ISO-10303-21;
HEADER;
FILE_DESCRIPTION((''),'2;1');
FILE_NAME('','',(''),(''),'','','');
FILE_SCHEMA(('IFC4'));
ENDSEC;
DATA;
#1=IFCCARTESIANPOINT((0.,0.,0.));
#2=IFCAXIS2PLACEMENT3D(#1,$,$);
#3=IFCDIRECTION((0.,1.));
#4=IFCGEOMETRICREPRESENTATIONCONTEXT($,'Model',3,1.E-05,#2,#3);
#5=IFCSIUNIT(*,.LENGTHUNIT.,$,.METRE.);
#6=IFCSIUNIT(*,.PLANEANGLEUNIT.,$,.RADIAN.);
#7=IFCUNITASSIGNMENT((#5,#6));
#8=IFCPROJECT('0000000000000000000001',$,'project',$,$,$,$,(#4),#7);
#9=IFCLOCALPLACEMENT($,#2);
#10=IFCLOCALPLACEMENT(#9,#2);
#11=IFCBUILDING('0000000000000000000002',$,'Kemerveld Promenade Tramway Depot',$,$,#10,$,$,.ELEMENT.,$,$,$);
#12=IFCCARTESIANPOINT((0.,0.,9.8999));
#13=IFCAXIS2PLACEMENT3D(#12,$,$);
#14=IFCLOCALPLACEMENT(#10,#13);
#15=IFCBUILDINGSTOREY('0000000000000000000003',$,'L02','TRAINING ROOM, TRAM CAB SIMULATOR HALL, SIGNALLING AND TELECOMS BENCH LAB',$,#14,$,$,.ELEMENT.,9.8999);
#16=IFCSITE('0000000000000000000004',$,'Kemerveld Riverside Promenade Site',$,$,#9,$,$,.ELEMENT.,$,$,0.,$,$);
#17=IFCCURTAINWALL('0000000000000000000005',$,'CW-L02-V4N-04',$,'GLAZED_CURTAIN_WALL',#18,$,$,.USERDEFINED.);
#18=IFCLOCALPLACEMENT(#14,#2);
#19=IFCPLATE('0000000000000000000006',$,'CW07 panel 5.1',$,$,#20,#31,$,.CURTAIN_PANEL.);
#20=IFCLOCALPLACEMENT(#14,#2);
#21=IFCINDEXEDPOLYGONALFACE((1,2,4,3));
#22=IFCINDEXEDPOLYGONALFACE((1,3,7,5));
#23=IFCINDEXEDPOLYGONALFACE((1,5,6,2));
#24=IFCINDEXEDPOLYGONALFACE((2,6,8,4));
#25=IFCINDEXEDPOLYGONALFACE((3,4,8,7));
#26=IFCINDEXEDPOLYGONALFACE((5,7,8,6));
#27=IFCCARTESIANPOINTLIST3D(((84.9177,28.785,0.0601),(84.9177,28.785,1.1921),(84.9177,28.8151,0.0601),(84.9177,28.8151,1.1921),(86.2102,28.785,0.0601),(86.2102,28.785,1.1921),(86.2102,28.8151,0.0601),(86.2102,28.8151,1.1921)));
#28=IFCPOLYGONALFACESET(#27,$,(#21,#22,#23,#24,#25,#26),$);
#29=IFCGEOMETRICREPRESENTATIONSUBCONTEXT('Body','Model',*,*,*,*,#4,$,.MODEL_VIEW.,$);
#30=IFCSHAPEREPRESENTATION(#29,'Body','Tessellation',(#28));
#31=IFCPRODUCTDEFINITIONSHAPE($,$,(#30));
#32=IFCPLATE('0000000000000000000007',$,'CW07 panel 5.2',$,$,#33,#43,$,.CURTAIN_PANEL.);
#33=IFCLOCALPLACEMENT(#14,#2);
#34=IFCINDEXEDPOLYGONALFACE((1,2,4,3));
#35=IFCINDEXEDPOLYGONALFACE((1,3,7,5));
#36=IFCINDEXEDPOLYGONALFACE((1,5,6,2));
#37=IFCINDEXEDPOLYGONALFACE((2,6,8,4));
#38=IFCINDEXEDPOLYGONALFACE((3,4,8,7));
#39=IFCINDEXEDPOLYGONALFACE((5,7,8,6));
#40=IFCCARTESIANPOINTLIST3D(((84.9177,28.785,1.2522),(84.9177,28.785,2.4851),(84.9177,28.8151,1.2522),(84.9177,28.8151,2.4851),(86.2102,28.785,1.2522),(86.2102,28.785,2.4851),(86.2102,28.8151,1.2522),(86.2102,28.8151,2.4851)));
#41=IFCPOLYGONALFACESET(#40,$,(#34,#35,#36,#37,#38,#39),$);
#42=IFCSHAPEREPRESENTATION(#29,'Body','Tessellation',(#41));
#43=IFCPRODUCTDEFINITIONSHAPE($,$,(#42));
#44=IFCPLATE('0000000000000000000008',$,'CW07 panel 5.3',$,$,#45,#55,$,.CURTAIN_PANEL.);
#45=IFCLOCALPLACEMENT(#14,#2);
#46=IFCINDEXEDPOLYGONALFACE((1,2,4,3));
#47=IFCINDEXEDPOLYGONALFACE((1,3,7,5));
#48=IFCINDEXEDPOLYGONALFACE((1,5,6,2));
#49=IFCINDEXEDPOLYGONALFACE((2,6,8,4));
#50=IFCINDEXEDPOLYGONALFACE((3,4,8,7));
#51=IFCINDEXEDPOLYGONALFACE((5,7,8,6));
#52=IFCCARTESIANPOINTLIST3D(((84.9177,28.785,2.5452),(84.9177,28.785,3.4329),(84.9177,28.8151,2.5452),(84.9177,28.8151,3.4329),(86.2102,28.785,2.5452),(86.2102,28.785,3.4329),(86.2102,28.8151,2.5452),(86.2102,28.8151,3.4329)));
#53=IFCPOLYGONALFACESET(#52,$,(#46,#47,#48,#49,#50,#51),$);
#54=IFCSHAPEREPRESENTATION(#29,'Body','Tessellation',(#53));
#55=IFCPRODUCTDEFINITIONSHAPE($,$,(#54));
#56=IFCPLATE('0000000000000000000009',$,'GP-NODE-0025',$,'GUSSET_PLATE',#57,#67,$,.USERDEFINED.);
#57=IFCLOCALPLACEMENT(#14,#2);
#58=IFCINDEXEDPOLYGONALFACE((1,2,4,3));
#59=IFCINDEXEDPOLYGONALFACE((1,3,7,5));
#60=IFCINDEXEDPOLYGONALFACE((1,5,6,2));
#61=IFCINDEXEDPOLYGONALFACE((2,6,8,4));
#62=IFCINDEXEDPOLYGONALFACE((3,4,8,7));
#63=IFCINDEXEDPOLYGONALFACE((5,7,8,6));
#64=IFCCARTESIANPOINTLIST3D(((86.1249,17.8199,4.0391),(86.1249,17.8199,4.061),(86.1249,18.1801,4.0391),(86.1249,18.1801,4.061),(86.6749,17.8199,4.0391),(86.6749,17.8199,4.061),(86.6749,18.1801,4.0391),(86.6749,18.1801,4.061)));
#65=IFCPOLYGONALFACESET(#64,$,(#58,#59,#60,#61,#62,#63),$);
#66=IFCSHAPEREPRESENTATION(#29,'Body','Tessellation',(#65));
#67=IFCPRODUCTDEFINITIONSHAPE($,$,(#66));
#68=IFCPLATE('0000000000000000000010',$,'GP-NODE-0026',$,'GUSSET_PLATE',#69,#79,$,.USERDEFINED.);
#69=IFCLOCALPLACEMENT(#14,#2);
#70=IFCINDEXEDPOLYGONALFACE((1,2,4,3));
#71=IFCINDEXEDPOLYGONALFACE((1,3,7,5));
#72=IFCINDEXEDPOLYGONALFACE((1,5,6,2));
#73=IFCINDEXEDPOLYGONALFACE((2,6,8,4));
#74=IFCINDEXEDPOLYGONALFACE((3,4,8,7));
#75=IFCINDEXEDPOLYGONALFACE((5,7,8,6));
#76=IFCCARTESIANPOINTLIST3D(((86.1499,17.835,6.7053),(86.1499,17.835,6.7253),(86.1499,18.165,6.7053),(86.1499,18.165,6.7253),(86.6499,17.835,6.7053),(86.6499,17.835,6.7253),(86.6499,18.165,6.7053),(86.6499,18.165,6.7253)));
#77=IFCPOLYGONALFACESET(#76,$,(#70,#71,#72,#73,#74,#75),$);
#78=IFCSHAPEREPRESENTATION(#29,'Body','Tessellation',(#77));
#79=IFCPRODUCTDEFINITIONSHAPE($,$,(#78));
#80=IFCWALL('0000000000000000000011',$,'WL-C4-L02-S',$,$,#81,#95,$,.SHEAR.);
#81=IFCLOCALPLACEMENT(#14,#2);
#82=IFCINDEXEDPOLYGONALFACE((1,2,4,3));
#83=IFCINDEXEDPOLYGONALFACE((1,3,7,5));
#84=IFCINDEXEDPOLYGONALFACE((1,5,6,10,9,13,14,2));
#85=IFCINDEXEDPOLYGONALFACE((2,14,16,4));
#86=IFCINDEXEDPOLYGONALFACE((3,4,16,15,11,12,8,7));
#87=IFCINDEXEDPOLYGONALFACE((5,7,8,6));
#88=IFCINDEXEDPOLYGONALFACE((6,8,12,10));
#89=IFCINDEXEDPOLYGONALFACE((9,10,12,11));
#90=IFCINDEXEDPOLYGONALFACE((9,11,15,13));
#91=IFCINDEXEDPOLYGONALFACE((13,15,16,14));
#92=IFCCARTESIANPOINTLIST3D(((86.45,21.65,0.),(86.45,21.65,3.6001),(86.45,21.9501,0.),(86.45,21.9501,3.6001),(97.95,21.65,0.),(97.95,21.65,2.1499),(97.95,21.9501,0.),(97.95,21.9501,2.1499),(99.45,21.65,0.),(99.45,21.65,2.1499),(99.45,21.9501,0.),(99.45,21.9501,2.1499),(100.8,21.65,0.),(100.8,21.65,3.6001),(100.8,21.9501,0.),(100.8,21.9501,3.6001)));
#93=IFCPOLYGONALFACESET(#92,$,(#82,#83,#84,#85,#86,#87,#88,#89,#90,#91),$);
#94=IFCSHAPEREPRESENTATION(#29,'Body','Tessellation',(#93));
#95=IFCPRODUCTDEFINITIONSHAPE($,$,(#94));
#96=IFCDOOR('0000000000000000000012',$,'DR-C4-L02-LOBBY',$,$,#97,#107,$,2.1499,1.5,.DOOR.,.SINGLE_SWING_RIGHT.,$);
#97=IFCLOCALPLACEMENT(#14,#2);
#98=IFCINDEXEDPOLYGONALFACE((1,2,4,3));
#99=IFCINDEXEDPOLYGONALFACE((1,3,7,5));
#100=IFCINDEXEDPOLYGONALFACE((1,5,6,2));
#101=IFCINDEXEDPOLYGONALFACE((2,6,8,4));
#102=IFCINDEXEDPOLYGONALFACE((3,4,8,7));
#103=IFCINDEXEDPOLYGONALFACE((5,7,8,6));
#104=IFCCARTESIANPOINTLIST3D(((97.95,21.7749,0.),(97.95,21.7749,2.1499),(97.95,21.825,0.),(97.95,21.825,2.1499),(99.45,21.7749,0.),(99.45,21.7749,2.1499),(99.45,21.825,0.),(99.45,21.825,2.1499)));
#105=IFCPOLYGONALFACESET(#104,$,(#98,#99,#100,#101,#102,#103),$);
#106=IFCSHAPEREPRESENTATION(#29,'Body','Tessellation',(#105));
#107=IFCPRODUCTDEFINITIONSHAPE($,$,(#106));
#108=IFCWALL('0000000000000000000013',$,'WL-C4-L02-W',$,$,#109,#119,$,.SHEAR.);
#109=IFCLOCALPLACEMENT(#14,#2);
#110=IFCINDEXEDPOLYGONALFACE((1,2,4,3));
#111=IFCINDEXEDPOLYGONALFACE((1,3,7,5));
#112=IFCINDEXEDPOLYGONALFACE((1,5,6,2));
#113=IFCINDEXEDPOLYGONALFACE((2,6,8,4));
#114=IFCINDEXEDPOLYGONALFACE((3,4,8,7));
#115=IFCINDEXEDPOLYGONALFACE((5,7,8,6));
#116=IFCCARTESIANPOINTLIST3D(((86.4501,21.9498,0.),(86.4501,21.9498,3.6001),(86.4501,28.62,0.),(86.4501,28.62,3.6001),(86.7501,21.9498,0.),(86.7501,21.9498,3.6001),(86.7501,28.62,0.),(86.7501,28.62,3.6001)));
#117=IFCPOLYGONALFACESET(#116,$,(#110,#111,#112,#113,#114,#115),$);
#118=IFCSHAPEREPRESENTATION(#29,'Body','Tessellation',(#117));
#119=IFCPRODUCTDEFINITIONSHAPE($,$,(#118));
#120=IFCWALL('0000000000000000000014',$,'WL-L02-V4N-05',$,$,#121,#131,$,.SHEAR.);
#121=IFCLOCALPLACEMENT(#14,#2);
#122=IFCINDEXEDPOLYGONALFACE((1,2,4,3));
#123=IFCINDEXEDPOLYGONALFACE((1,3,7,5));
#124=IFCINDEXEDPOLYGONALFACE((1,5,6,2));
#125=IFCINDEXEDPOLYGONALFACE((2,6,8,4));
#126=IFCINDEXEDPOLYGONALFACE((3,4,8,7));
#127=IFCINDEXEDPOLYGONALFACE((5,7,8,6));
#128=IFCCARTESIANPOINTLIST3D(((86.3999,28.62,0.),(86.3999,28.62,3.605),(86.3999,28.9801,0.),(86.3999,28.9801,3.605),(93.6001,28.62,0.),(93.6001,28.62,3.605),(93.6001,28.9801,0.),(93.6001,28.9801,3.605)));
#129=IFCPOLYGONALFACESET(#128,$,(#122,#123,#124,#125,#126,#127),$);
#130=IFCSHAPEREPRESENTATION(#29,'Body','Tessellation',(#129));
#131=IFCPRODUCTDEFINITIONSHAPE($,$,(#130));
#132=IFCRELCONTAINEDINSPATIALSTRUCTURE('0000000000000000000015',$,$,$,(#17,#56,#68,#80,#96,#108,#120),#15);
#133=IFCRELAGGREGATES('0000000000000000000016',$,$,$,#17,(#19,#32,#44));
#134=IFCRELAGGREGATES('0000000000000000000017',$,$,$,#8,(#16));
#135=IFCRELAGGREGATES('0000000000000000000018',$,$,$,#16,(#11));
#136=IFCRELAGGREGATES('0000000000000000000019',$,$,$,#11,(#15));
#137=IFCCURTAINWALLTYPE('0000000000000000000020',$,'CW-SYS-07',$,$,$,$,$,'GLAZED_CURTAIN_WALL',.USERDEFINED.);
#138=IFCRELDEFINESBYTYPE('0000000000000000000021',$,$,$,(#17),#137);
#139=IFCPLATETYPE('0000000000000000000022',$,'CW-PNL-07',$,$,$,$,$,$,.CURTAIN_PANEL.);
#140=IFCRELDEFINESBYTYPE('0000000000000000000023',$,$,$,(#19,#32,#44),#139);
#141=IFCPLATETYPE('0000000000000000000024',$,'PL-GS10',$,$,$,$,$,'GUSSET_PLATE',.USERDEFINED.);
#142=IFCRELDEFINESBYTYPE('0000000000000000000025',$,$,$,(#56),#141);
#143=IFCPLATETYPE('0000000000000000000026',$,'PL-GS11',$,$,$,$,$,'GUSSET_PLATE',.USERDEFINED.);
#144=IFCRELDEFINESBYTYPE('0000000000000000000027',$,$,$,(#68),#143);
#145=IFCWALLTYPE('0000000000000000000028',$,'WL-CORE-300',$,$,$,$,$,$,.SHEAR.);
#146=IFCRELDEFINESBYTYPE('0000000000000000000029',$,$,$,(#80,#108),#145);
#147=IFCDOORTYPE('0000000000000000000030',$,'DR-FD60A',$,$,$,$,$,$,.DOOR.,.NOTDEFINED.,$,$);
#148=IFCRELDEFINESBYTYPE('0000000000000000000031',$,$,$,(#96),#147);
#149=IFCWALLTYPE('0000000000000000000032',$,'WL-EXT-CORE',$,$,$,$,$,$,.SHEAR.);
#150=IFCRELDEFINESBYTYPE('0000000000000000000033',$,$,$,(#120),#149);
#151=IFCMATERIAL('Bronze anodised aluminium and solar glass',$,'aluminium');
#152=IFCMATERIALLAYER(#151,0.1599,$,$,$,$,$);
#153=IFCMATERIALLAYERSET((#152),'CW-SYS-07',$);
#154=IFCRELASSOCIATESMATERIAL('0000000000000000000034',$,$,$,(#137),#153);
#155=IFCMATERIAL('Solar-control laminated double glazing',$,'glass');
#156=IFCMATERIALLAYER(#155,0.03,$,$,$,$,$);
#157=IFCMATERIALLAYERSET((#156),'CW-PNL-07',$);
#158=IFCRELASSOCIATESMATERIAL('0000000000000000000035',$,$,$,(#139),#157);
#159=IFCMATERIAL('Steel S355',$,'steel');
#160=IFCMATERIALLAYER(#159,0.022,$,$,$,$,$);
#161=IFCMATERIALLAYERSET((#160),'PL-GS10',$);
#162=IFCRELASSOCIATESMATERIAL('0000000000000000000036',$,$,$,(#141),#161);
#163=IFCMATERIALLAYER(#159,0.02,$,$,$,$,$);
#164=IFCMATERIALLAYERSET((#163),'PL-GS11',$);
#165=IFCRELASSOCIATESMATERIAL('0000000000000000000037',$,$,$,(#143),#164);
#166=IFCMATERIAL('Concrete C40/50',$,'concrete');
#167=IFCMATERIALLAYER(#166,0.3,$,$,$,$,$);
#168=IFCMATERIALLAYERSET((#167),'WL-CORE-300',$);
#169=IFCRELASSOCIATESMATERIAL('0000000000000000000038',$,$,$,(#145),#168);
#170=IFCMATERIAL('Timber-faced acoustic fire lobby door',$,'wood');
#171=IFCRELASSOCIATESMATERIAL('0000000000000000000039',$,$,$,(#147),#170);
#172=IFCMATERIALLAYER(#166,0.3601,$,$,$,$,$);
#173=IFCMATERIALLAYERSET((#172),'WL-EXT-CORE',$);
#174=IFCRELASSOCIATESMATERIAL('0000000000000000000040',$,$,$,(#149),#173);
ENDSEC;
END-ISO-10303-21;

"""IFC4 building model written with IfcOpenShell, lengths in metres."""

from ifc_helpers import new_model, si_unit, direction, frame, frame_2d, origin, origin_2d, place, context, subcontext, project, spatial, rectangle, extrude, material, layer, layer_set, type_object, element, fill, aggregate, save


model = new_model("IFC4")

# Units and contexts
model_context = context("Model", 3, precision=1e-05, world=origin(), true_north=direction((0.0, 1.0)))
body_context = subcontext(model_context, "Body", "Model", "MODEL_VIEW")
ifc_project = project(units=[si_unit("LENGTHUNIT", "METRE"), si_unit("PLANEANGLEUNIT", "RADIAN")], contexts=[model_context])

# Site, building, storey
site_placement = place(None, origin())
site = spatial("IfcSite", under=ifc_project, at=site_placement, Name="Kemerveld Riverside Promenade Site", CompositionType="ELEMENT", RefElevation=0.0)
building_placement = place(site_placement, origin())
building = spatial("IfcBuilding", under=site, at=building_placement, Name="Kemerveld Promenade Tramway Depot", CompositionType="ELEMENT")
storey_placement = place(building_placement, frame((0.0, 0.0, 9.8999)))
storey = spatial("IfcBuildingStorey", under=building, at=storey_placement, Name="L02", Description="TRAINING ROOM, TRAM CAB SIMULATOR HALL, SIGNALLING AND TELECOMS BENCH LAB", CompositionType="ELEMENT", Elevation=9.8999)

# Shared definitions
ifc_material_1 = material(Name="Steel S355", Category="steel")

# Curtain wall
ifc_material_2 = material(Name="Bronze anodised aluminium and solar glass", Category="aluminium")
ifc_layer_1 = layer(ifc_material_2, 0.1599)
ifc_layer_set_1 = layer_set([ifc_layer_1], Name="CW-SYS-07")
curtain_wall_type = type_object("IfcCurtainWallType", Name="CW-SYS-07", ElementType="GLAZED_CURTAIN_WALL", PredefinedType="USERDEFINED", material=ifc_layer_set_1)
curtain_wall_placement = place(storey_placement, origin())
curtain_wall = element("IfcCurtainWall", 1, at=curtain_wall_placement, inside=storey, type_object=curtain_wall_type, Name="CW-L02-V4N-04", ObjectType="GLAZED_CURTAIN_WALL", PredefinedType="USERDEFINED")

# Plates
ifc_material_3 = material(Name="Solar-control laminated double glazing", Category="glass")
ifc_layer_2 = layer(ifc_material_3, 0.03)
ifc_layer_set_2 = layer_set([ifc_layer_2], Name="CW-PNL-07")
plate_type_1 = type_object("IfcPlateType", Name="CW-PNL-07", PredefinedType="CURTAIN_PANEL", material=ifc_layer_set_2)
plate_1_placement = place(storey_placement, frame((85.564, 28.8, 0.0601), z_axis=(0.0, 0.0, 1.0), x_axis=(1.0, 0.0, 0.0)))
plate_1 = element("IfcPlate", 2, at=plate_1_placement, type_object=plate_type_1, Name="CW07 panel 5.1", PredefinedType="CURTAIN_PANEL", context=body_context, shape_type="SweptSolid", body=[
    extrude(rectangle(XDim=1.2925, YDim=0.03, at=origin_2d()), origin(), (0.0, 0.0, 1.0), 1.1321),
])
plate_2_placement = place(storey_placement, frame((85.564, 28.8, 1.2522), z_axis=(0.0, 0.0, 1.0), x_axis=(1.0, 0.0, 0.0)))
plate_2 = element("IfcPlate", 3, at=plate_2_placement, type_object=plate_type_1, Name="CW07 panel 5.2", PredefinedType="CURTAIN_PANEL", context=body_context, shape_type="SweptSolid", body=[
    extrude(rectangle(XDim=1.2925, YDim=0.03, at=origin_2d()), origin(), (0.0, 0.0, 1.0), 1.2329),
])
plate_3_placement = place(storey_placement, frame((85.564, 28.8, 2.5452), z_axis=(0.0, 0.0, 1.0), x_axis=(1.0, 0.0, 0.0)))
plate_3 = element("IfcPlate", 4, at=plate_3_placement, type_object=plate_type_1, Name="CW07 panel 5.3", PredefinedType="CURTAIN_PANEL", context=body_context, shape_type="SweptSolid", body=[
    extrude(rectangle(XDim=1.2925, YDim=0.03, at=origin_2d()), origin(), (0.0, 0.0, 1.0), 0.8877),
])
aggregate(curtain_wall, [plate_1, plate_2, plate_3])

# Plates
ifc_layer_3 = layer(ifc_material_1, 0.022)
ifc_layer_set_3 = layer_set([ifc_layer_3], Name="PL-GS10")
plate_type_2 = type_object("IfcPlateType", Name="PL-GS10", ElementType="GUSSET_PLATE", PredefinedType="USERDEFINED", material=ifc_layer_set_3)
plate_4_placement = place(storey_placement, frame((86.3999, 18.0, 4.0391), z_axis=(0.0, 0.0, 1.0), x_axis=(1.0, 0.0, 0.0)))
element("IfcPlate", 5, at=plate_4_placement, inside=storey, type_object=plate_type_2, Name="GP-NODE-0025", ObjectType="GUSSET_PLATE", PredefinedType="USERDEFINED", context=body_context, shape_type="SweptSolid", body=[
    extrude(rectangle(XDim=0.55, YDim=0.3601, at=origin_2d()), origin(), (0.0, 0.0, 1.0), 0.022),
])
ifc_layer_4 = layer(ifc_material_1, 0.02)
ifc_layer_set_4 = layer_set([ifc_layer_4], Name="PL-GS11")
plate_type_3 = type_object("IfcPlateType", Name="PL-GS11", ElementType="GUSSET_PLATE", PredefinedType="USERDEFINED", material=ifc_layer_set_4)
plate_5_placement = place(storey_placement, frame((86.3999, 18.0, 6.7053), z_axis=(0.0, 0.0, 1.0), x_axis=(1.0, 0.0, 0.0)))
element("IfcPlate", 6, at=plate_5_placement, inside=storey, type_object=plate_type_3, Name="GP-NODE-0026", ObjectType="GUSSET_PLATE", PredefinedType="USERDEFINED", context=body_context, shape_type="SweptSolid", body=[
    extrude(rectangle(XDim=0.5, YDim=0.3301, at=origin_2d()), origin(), (0.0, 0.0, 1.0), 0.02),
])

# Wall, opening, door
ifc_material_4 = material(Name="Concrete C40/50", Category="concrete")
ifc_layer_5 = layer(ifc_material_4, 0.3)
ifc_layer_set_5 = layer_set([ifc_layer_5], Name="WL-CORE-300")
wall_type_1 = type_object("IfcWallType", Name="WL-CORE-300", PredefinedType="SHEAR", material=ifc_layer_set_5)
wall_1_placement = place(storey_placement, frame((86.45, 21.8, 0.0), z_axis=(0.0, 0.0, 1.0), x_axis=(1.0, 0.0, 0.0)))
wall_1 = element("IfcWall", 7, at=wall_1_placement, inside=storey, type_object=wall_type_1, Name="WL-C4-L02-S", PredefinedType="SHEAR", context=body_context, shape_type="SweptSolid", body=[
    extrude(rectangle(XDim=14.3501, YDim=0.3, at=frame_2d((7.175, 0.0))), origin(), (0.0, 0.0, 1.0), 3.6001),
])
opening_placement = place(wall_1_placement, frame((11.5, 0.0, 0.0)))
opening = element("IfcOpeningElement", 8, at=opening_placement, cuts=wall_1, PredefinedType="OPENING", context=body_context, shape_type="SweptSolid", body=[
    extrude(rectangle(XDim=1.5, YDim=2.1499, at=frame_2d((0.75, 1.075))), frame((0.0, 0.1599, 0.0), z_axis=(0.0, -1.0, 0.0), x_axis=(1.0, 0.0, 0.0)), (0.0, 0.0, 1.0), 0.3201),
])
ifc_material_5 = material(Name="Timber-faced acoustic fire lobby door", Category="wood")
door_type = type_object("IfcDoorType", Name="DR-FD60A", OperationType="NOTDEFINED", PredefinedType="DOOR", material=ifc_material_5)
door_placement = place(opening_placement, origin())
door = element("IfcDoor", 9, at=door_placement, inside=storey, type_object=door_type, Name="DR-C4-L02-LOBBY", OperationType="SINGLE_SWING_RIGHT", OverallHeight=2.1499, OverallWidth=1.5, PredefinedType="DOOR", context=body_context, shape_type="SweptSolid", body=[
    extrude(rectangle(XDim=1.5, YDim=2.1499, at=frame_2d((0.75, 1.075))), frame((0.0, 0.0249, 0.0), z_axis=(0.0, -1.0, 0.0), x_axis=(1.0, 0.0, 0.0)), (0.0, 0.0, 1.0), 0.05),
])
fill(opening, door)

# Walls
wall_2_placement = place(storey_placement, frame((86.6001, 21.95, 0.0), z_axis=(0.0, 0.0, 1.0), x_axis=(0.0, 1.0, 0.0)))
element("IfcWall", 10, at=wall_2_placement, inside=storey, type_object=wall_type_1, Name="WL-C4-L02-W", PredefinedType="SHEAR", context=body_context, shape_type="SweptSolid", body=[
    extrude(rectangle(XDim=6.6702, YDim=0.3, at=frame_2d((3.335, 0.0))), origin(), (0.0, 0.0, 1.0), 3.6001),
])
ifc_layer_6 = layer(ifc_material_4, 0.3601)
ifc_layer_set_6 = layer_set([ifc_layer_6], Name="WL-EXT-CORE")
wall_type_2 = type_object("IfcWallType", Name="WL-EXT-CORE", PredefinedType="SHEAR", material=ifc_layer_set_6)
wall_3_placement = place(storey_placement, frame((86.3999, 28.8, 0.0), z_axis=(0.0, 0.0, 1.0), x_axis=(1.0, 0.0, 0.0)))
element("IfcWall", 11, at=wall_3_placement, inside=storey, type_object=wall_type_2, Name="WL-L02-V4N-05", PredefinedType="SHEAR", context=body_context, shape_type="SweptSolid", body=[
    extrude(rectangle(XDim=7.2002, YDim=0.3601, at=frame_2d((3.6001, 0.0))), origin(), (0.0, 0.0, 1.0), 3.605),
])

save(model, "model.ifc")
